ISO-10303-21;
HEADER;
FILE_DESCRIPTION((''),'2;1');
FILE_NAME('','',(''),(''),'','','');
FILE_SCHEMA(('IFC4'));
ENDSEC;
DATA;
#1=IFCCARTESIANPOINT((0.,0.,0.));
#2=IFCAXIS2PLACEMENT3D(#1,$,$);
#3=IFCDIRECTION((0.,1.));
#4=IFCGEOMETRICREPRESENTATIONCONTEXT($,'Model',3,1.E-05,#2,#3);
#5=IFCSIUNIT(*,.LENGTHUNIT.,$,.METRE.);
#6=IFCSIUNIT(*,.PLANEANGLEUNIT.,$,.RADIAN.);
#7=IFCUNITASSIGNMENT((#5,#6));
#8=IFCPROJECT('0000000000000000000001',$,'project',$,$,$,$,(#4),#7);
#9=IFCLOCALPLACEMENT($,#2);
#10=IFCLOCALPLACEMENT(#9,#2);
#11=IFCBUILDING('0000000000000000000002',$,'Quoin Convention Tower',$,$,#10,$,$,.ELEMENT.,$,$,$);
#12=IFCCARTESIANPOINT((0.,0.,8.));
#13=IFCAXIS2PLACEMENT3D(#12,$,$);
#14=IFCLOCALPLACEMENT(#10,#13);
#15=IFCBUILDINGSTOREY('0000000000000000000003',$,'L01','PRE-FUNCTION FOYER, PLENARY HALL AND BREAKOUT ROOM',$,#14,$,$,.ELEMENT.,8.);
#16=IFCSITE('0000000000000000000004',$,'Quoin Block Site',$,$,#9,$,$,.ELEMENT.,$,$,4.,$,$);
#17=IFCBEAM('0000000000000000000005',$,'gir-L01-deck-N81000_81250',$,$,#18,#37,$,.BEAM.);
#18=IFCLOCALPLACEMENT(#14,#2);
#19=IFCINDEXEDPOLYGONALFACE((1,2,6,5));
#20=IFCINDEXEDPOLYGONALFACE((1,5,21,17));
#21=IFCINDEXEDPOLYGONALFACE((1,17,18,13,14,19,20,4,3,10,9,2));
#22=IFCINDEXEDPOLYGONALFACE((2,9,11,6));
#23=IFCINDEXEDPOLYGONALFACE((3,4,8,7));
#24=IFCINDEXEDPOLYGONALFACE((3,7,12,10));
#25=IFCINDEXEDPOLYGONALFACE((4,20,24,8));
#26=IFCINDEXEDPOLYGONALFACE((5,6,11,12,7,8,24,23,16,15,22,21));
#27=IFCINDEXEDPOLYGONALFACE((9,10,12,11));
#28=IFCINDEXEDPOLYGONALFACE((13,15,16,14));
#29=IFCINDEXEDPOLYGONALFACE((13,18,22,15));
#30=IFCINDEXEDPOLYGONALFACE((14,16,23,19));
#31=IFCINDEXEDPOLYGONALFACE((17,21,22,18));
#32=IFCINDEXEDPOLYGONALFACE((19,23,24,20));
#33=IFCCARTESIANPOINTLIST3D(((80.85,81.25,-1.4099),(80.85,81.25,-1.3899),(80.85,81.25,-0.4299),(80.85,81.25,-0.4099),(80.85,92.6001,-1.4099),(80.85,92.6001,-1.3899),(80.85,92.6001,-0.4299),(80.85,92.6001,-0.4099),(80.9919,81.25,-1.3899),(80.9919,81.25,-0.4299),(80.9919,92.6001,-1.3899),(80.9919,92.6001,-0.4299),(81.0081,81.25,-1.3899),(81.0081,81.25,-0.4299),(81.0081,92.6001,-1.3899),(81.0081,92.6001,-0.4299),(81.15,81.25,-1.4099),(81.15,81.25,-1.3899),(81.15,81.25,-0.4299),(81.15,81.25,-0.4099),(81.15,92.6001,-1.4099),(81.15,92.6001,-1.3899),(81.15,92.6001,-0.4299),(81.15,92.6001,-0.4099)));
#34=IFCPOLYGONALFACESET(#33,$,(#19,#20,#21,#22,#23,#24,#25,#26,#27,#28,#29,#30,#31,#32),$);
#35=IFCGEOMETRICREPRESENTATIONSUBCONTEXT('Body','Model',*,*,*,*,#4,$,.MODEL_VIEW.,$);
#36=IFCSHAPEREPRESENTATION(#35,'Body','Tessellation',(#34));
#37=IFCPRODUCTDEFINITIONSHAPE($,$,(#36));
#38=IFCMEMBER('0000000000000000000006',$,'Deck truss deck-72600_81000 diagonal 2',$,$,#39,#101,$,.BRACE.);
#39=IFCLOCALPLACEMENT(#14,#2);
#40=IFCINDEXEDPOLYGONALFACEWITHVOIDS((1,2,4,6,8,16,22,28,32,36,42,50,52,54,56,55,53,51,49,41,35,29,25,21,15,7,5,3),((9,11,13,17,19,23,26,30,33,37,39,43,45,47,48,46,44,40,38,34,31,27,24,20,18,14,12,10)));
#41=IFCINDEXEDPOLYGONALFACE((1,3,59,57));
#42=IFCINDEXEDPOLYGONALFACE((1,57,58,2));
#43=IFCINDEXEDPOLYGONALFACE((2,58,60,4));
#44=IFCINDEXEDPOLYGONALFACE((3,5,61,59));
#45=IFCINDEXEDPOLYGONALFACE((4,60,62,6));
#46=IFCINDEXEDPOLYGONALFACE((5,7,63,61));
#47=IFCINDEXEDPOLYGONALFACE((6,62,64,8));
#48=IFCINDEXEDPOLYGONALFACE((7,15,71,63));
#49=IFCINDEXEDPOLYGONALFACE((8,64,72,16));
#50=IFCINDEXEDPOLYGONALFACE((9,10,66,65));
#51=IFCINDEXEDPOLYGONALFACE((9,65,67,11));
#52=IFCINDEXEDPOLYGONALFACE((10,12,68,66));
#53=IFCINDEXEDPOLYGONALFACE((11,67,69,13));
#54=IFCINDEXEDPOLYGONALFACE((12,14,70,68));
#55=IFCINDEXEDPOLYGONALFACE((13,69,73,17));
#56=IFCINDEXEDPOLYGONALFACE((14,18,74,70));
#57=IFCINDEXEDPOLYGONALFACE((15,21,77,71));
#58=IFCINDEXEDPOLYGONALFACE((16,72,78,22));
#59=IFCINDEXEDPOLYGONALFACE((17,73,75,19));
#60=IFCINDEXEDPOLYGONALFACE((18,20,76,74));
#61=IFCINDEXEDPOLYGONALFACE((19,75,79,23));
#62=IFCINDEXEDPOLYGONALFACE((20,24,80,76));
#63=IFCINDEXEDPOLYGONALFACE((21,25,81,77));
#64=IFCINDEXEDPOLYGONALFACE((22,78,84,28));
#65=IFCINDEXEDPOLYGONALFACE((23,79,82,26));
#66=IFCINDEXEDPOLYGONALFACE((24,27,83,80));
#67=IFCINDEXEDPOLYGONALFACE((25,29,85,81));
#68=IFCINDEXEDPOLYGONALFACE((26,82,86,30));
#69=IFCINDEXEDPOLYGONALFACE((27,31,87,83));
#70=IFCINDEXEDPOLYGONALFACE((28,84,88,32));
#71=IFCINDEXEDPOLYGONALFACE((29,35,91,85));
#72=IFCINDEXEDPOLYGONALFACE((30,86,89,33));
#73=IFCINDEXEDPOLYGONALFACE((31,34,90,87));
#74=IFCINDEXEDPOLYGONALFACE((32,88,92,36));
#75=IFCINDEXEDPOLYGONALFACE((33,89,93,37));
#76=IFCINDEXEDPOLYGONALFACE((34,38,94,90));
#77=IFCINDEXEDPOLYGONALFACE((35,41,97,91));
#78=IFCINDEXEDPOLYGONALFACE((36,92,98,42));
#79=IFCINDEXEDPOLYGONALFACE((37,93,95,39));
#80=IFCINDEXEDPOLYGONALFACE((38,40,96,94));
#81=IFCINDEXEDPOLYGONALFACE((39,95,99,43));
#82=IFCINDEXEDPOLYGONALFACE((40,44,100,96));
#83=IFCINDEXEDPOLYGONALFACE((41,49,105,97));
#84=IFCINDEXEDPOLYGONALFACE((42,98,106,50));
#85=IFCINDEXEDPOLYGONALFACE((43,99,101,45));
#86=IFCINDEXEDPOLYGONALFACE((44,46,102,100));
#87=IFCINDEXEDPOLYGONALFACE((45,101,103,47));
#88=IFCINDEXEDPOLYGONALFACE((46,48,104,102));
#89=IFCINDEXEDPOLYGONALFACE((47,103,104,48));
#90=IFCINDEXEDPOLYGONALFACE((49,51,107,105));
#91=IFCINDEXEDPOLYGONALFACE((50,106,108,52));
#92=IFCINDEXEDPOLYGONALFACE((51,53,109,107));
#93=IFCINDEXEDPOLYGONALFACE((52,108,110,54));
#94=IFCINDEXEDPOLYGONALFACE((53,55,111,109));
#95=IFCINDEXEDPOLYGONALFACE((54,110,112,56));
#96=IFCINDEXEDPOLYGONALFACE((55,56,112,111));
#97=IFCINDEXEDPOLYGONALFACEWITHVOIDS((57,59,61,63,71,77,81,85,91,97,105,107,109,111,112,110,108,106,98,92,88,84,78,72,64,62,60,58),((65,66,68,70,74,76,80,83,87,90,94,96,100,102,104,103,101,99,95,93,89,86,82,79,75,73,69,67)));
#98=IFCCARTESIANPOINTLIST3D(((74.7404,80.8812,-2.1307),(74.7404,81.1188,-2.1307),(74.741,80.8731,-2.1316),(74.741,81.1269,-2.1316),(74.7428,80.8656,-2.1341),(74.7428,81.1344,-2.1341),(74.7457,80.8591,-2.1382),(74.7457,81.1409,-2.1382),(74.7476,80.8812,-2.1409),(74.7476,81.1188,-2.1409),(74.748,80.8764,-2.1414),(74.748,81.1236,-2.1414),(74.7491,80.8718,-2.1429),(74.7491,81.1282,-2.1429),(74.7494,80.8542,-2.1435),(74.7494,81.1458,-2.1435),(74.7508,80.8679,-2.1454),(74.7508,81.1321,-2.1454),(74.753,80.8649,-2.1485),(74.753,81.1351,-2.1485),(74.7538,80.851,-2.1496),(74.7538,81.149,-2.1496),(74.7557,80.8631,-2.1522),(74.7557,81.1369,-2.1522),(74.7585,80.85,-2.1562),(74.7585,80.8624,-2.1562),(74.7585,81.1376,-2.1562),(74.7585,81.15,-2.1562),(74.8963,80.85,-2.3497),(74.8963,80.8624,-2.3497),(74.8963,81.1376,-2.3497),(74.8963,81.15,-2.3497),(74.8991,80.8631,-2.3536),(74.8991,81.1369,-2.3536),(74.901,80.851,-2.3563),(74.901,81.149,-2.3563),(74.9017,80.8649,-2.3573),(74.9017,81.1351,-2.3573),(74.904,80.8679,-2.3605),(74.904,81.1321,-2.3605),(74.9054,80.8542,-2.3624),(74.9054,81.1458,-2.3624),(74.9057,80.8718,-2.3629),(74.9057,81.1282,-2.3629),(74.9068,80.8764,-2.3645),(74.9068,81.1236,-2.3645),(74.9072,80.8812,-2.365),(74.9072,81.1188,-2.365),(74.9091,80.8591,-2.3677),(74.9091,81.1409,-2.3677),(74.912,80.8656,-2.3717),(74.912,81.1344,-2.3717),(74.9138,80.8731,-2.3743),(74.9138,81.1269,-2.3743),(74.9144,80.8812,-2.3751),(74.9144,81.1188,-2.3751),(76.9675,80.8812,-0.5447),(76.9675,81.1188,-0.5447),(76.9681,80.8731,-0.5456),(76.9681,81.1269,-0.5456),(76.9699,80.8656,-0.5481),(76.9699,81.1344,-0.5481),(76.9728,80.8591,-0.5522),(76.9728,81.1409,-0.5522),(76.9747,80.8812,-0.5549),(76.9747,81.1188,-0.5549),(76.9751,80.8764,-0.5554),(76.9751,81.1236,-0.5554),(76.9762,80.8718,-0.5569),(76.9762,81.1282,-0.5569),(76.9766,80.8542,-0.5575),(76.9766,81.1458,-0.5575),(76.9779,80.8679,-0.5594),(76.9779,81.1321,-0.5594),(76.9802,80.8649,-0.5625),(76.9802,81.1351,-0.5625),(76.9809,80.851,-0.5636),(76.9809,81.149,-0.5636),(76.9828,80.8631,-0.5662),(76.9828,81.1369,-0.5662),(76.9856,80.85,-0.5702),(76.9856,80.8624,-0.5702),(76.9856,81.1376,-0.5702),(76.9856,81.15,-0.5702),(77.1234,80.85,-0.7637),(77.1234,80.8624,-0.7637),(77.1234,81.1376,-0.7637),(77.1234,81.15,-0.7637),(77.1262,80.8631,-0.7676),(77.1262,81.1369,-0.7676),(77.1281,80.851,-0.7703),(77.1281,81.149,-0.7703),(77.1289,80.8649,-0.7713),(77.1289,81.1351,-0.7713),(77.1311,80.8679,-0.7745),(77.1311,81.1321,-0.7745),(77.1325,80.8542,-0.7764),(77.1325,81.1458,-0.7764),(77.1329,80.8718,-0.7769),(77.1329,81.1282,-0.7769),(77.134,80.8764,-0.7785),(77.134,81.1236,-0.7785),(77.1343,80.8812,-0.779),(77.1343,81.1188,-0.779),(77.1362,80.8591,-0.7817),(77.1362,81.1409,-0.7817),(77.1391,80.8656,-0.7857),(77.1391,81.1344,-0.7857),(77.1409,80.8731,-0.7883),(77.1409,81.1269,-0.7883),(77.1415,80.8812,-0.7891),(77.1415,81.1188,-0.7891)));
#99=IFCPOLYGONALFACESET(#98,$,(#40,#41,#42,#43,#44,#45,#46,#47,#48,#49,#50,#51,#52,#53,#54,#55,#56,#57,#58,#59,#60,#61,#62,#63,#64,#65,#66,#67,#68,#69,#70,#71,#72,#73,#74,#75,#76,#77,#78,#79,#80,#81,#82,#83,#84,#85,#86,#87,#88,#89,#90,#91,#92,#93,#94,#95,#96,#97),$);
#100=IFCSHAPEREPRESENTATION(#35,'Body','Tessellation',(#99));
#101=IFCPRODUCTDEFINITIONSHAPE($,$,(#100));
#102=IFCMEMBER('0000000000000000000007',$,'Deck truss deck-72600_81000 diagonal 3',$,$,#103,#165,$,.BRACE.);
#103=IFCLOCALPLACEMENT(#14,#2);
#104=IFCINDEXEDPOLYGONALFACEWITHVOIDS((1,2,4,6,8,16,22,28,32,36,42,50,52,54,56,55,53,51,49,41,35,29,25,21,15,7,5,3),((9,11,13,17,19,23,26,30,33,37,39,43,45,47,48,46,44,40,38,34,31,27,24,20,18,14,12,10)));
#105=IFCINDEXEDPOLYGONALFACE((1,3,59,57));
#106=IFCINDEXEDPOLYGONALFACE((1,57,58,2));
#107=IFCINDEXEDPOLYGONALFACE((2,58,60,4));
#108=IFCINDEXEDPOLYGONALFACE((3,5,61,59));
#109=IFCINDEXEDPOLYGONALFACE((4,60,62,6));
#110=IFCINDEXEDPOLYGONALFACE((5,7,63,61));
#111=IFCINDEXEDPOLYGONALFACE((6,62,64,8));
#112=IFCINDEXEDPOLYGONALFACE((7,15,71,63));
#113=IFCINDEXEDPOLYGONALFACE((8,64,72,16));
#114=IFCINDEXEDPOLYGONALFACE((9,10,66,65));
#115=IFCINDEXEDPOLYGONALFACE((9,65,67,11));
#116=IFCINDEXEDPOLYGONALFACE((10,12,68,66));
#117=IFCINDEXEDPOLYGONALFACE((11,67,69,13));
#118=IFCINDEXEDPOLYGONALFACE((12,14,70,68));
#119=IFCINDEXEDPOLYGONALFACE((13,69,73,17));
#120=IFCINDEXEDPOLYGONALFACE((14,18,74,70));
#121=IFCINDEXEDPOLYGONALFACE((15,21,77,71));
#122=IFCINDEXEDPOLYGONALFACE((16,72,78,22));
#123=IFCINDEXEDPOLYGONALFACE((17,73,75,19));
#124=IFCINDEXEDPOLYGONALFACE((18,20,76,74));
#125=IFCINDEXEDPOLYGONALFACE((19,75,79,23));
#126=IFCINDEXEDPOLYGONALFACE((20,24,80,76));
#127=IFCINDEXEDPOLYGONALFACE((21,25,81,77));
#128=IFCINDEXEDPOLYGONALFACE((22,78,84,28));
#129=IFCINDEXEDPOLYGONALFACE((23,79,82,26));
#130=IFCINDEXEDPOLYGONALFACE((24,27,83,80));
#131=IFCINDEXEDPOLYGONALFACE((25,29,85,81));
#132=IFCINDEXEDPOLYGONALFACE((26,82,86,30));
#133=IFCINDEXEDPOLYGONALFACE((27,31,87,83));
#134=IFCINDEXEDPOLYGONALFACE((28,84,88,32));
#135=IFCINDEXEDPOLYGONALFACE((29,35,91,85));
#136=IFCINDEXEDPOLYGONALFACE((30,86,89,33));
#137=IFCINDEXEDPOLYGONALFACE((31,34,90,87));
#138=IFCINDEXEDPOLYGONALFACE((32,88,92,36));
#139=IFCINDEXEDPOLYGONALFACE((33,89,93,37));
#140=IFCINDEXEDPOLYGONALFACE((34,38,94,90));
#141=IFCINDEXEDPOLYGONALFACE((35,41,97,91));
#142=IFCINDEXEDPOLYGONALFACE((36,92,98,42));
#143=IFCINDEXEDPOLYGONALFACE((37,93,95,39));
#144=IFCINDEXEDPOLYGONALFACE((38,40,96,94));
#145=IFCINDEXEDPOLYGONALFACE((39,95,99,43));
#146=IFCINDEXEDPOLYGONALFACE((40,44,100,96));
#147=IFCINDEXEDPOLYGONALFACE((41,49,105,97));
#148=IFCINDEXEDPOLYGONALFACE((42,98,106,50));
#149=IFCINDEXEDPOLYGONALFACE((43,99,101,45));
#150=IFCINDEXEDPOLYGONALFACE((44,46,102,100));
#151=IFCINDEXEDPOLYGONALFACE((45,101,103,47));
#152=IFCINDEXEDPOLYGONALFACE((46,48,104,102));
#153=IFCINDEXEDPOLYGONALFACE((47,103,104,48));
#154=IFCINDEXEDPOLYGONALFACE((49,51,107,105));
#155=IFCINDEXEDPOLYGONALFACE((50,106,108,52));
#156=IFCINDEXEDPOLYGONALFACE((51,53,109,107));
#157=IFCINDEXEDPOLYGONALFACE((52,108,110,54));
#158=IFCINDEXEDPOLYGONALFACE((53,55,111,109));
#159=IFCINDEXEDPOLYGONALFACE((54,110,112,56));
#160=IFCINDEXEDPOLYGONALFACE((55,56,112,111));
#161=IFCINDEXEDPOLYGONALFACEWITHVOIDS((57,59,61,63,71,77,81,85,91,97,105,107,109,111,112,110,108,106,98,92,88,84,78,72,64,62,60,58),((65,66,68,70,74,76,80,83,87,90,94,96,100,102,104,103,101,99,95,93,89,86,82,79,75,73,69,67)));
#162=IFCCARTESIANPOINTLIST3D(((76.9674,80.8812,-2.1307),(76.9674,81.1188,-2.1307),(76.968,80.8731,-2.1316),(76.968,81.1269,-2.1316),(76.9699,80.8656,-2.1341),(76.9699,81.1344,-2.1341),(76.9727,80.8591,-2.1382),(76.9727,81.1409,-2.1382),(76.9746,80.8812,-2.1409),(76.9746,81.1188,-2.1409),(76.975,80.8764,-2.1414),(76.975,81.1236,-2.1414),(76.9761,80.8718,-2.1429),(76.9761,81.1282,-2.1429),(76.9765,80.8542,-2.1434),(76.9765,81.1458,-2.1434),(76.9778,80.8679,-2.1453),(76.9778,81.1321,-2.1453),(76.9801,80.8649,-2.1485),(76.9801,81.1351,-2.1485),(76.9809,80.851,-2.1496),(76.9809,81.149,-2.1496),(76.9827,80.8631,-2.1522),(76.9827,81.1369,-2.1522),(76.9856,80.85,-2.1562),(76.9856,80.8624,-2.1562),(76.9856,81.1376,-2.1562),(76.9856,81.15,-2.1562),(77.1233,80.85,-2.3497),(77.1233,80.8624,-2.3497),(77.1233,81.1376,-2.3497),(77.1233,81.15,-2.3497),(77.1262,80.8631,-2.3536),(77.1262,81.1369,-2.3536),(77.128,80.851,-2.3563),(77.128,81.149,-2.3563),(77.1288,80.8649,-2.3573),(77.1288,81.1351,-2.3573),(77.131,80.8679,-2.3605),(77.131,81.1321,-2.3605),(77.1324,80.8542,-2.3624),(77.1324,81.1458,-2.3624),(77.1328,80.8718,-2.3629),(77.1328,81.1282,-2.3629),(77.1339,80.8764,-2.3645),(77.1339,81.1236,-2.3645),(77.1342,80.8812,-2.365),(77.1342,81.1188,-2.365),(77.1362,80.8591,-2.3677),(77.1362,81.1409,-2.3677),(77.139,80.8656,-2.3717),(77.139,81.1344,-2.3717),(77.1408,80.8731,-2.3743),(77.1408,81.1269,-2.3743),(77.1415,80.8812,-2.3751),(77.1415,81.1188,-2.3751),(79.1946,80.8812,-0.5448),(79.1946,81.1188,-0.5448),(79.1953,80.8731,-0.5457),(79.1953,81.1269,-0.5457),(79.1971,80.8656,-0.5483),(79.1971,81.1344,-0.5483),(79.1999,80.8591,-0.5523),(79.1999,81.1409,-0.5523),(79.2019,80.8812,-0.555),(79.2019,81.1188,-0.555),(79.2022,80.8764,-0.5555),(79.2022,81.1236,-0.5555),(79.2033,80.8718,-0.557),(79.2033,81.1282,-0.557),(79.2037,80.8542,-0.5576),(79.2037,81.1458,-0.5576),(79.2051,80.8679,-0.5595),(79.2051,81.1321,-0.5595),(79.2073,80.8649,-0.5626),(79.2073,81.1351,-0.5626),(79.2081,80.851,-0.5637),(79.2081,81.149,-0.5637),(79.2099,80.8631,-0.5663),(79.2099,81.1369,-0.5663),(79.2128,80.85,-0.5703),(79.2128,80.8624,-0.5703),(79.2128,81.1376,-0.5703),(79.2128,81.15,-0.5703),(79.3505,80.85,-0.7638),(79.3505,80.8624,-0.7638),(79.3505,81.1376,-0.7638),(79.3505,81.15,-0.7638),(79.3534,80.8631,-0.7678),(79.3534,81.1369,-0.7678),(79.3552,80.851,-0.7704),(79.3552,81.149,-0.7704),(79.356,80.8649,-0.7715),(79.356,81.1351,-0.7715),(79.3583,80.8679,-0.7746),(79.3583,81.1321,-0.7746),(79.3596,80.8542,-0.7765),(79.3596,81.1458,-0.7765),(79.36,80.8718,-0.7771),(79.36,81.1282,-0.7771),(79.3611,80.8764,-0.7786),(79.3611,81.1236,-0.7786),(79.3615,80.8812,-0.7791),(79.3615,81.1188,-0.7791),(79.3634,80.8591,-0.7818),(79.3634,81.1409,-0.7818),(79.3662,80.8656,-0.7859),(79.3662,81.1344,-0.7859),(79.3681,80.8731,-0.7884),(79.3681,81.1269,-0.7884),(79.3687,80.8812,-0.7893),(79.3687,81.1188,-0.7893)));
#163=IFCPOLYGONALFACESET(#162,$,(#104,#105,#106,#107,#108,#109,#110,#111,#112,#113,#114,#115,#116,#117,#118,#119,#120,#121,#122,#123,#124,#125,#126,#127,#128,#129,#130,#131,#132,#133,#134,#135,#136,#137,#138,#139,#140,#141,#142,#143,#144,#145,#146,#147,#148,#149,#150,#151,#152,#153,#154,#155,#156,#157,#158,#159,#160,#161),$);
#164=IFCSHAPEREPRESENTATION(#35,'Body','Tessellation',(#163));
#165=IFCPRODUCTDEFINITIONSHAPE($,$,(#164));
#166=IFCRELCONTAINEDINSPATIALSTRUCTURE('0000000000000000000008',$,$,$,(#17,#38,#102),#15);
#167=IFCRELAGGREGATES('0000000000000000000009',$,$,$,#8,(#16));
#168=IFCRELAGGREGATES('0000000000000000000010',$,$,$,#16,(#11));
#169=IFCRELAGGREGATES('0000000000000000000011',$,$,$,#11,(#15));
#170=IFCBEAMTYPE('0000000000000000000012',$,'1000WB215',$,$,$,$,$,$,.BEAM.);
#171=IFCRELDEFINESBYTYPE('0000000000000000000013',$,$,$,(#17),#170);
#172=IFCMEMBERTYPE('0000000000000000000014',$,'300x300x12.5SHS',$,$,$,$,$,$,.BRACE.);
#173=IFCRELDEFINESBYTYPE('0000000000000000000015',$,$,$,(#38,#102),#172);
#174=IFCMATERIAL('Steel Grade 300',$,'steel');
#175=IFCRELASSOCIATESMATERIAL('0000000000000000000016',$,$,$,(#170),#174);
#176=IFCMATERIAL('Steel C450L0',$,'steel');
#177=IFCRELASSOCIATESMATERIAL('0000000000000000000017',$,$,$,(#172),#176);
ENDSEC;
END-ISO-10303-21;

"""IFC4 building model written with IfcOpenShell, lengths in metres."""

from ifc_helpers import new_model, si_unit, direction, frame, origin, origin_2d, place, context, subcontext, project, spatial, hollow_rectangle, i_section, extrude, material, material_profile, profile_set, type_object, element, save


model = new_model("IFC4")

# Units and contexts
model_context = context("Model", 3, precision=1e-05, world=origin(), true_north=direction((0.0, 1.0)))
body_context = subcontext(model_context, "Body", "Model", "MODEL_VIEW")
ifc_project = project(units=[si_unit("LENGTHUNIT", "METRE"), si_unit("PLANEANGLEUNIT", "RADIAN")], contexts=[model_context])

# Site, building, storey
site_placement = place(None, origin())
site = spatial("IfcSite", under=ifc_project, at=site_placement, Name="Quoin Block Site", CompositionType="ELEMENT", RefElevation=4.0)
building_placement = place(site_placement, origin())
building = spatial("IfcBuilding", under=site, at=building_placement, Name="Quoin Convention Tower", CompositionType="ELEMENT")
storey_placement = place(building_placement, frame((0.0, 0.0, 8.0)))
storey = spatial("IfcBuildingStorey", under=building, at=storey_placement, Name="L01", Description="PRE-FUNCTION FOYER, PLENARY HALL AND BREAKOUT ROOM", CompositionType="ELEMENT", Elevation=8.0)

# Beam
ifc_material_1 = material(Name="Steel Grade 300", Category="steel")
ifc_material_profile_1 = material_profile(ifc_material_1, i_section(OverallWidth=0.3, OverallDepth=1.0, WebThickness=0.0161, FlangeThickness=0.02, at=origin_2d()), Name="1000WB215")
ifc_profile_set_1 = profile_set([ifc_material_profile_1], Name="Steel Grade 300")
beam_type_1 = type_object("IfcBeamType", Name="1000WB215", PredefinedType="BEAM", material=ifc_profile_set_1)
beam_1_placement = place(storey_placement, frame((81.0, 81.25, -0.9099), z_axis=(0.0, 1.0, 0.0), x_axis=(-1.0, 0.0, 0.0)))
element("IfcBeam", 1, at=beam_1_placement, inside=storey, type_object=beam_type_1, Name="gir-L01-deck-N81000_81250", PredefinedType="BEAM", context=body_context, shape_type="SweptSolid", body=[
    extrude(i_section(OverallWidth=0.3, OverallDepth=1.0, WebThickness=0.0161, FlangeThickness=0.02, at=origin_2d()), origin(), (0.0, 0.0, 1.0), 11.3501),
])

# Members
ifc_material_2 = material(Name="Steel C450L0", Category="steel")
ifc_material_profile_2 = material_profile(ifc_material_2, hollow_rectangle(XDim=0.3, YDim=0.3, WallThickness=0.0125, InnerFilletRadius=0.0188, OuterFilletRadius=0.0312, at=origin_2d()), Name="300x300x12.5SHS")
ifc_profile_set_2 = profile_set([ifc_material_profile_2], Name="Steel C450L0")
member_type_1 = type_object("IfcMemberType", Name="300x300x12.5SHS", PredefinedType="BRACE", material=ifc_profile_set_2)
for number, where, z_axis, x_axis, name in (
    (2, (74.8274, 81.0, -2.2529), (0.814565, 0.0, 0.580072), (0.0, 1.0, 0.0), "Deck truss deck-72600_81000 diagonal 2"),
    (3, (77.0544, 81.0, -2.2529), (0.814595, 0.0, 0.58003), (0.0, 1.0, 0.0), "Deck truss deck-72600_81000 diagonal 3"),
):
    element("IfcMember", number, at=place(storey_placement, frame(where, z_axis=z_axis, x_axis=x_axis)), inside=storey, type_object=member_type_1, Name=name, PredefinedType="BRACE", context=body_context, shape_type="SweptSolid", body=[
        extrude(hollow_rectangle(XDim=0.3, YDim=0.3, WallThickness=0.0125, InnerFilletRadius=0.0188, OuterFilletRadius=0.0312, at=origin_2d()), origin(), (0.0, 0.0, 1.0), 2.7341),
    ])

save(model, "model.ifc")
